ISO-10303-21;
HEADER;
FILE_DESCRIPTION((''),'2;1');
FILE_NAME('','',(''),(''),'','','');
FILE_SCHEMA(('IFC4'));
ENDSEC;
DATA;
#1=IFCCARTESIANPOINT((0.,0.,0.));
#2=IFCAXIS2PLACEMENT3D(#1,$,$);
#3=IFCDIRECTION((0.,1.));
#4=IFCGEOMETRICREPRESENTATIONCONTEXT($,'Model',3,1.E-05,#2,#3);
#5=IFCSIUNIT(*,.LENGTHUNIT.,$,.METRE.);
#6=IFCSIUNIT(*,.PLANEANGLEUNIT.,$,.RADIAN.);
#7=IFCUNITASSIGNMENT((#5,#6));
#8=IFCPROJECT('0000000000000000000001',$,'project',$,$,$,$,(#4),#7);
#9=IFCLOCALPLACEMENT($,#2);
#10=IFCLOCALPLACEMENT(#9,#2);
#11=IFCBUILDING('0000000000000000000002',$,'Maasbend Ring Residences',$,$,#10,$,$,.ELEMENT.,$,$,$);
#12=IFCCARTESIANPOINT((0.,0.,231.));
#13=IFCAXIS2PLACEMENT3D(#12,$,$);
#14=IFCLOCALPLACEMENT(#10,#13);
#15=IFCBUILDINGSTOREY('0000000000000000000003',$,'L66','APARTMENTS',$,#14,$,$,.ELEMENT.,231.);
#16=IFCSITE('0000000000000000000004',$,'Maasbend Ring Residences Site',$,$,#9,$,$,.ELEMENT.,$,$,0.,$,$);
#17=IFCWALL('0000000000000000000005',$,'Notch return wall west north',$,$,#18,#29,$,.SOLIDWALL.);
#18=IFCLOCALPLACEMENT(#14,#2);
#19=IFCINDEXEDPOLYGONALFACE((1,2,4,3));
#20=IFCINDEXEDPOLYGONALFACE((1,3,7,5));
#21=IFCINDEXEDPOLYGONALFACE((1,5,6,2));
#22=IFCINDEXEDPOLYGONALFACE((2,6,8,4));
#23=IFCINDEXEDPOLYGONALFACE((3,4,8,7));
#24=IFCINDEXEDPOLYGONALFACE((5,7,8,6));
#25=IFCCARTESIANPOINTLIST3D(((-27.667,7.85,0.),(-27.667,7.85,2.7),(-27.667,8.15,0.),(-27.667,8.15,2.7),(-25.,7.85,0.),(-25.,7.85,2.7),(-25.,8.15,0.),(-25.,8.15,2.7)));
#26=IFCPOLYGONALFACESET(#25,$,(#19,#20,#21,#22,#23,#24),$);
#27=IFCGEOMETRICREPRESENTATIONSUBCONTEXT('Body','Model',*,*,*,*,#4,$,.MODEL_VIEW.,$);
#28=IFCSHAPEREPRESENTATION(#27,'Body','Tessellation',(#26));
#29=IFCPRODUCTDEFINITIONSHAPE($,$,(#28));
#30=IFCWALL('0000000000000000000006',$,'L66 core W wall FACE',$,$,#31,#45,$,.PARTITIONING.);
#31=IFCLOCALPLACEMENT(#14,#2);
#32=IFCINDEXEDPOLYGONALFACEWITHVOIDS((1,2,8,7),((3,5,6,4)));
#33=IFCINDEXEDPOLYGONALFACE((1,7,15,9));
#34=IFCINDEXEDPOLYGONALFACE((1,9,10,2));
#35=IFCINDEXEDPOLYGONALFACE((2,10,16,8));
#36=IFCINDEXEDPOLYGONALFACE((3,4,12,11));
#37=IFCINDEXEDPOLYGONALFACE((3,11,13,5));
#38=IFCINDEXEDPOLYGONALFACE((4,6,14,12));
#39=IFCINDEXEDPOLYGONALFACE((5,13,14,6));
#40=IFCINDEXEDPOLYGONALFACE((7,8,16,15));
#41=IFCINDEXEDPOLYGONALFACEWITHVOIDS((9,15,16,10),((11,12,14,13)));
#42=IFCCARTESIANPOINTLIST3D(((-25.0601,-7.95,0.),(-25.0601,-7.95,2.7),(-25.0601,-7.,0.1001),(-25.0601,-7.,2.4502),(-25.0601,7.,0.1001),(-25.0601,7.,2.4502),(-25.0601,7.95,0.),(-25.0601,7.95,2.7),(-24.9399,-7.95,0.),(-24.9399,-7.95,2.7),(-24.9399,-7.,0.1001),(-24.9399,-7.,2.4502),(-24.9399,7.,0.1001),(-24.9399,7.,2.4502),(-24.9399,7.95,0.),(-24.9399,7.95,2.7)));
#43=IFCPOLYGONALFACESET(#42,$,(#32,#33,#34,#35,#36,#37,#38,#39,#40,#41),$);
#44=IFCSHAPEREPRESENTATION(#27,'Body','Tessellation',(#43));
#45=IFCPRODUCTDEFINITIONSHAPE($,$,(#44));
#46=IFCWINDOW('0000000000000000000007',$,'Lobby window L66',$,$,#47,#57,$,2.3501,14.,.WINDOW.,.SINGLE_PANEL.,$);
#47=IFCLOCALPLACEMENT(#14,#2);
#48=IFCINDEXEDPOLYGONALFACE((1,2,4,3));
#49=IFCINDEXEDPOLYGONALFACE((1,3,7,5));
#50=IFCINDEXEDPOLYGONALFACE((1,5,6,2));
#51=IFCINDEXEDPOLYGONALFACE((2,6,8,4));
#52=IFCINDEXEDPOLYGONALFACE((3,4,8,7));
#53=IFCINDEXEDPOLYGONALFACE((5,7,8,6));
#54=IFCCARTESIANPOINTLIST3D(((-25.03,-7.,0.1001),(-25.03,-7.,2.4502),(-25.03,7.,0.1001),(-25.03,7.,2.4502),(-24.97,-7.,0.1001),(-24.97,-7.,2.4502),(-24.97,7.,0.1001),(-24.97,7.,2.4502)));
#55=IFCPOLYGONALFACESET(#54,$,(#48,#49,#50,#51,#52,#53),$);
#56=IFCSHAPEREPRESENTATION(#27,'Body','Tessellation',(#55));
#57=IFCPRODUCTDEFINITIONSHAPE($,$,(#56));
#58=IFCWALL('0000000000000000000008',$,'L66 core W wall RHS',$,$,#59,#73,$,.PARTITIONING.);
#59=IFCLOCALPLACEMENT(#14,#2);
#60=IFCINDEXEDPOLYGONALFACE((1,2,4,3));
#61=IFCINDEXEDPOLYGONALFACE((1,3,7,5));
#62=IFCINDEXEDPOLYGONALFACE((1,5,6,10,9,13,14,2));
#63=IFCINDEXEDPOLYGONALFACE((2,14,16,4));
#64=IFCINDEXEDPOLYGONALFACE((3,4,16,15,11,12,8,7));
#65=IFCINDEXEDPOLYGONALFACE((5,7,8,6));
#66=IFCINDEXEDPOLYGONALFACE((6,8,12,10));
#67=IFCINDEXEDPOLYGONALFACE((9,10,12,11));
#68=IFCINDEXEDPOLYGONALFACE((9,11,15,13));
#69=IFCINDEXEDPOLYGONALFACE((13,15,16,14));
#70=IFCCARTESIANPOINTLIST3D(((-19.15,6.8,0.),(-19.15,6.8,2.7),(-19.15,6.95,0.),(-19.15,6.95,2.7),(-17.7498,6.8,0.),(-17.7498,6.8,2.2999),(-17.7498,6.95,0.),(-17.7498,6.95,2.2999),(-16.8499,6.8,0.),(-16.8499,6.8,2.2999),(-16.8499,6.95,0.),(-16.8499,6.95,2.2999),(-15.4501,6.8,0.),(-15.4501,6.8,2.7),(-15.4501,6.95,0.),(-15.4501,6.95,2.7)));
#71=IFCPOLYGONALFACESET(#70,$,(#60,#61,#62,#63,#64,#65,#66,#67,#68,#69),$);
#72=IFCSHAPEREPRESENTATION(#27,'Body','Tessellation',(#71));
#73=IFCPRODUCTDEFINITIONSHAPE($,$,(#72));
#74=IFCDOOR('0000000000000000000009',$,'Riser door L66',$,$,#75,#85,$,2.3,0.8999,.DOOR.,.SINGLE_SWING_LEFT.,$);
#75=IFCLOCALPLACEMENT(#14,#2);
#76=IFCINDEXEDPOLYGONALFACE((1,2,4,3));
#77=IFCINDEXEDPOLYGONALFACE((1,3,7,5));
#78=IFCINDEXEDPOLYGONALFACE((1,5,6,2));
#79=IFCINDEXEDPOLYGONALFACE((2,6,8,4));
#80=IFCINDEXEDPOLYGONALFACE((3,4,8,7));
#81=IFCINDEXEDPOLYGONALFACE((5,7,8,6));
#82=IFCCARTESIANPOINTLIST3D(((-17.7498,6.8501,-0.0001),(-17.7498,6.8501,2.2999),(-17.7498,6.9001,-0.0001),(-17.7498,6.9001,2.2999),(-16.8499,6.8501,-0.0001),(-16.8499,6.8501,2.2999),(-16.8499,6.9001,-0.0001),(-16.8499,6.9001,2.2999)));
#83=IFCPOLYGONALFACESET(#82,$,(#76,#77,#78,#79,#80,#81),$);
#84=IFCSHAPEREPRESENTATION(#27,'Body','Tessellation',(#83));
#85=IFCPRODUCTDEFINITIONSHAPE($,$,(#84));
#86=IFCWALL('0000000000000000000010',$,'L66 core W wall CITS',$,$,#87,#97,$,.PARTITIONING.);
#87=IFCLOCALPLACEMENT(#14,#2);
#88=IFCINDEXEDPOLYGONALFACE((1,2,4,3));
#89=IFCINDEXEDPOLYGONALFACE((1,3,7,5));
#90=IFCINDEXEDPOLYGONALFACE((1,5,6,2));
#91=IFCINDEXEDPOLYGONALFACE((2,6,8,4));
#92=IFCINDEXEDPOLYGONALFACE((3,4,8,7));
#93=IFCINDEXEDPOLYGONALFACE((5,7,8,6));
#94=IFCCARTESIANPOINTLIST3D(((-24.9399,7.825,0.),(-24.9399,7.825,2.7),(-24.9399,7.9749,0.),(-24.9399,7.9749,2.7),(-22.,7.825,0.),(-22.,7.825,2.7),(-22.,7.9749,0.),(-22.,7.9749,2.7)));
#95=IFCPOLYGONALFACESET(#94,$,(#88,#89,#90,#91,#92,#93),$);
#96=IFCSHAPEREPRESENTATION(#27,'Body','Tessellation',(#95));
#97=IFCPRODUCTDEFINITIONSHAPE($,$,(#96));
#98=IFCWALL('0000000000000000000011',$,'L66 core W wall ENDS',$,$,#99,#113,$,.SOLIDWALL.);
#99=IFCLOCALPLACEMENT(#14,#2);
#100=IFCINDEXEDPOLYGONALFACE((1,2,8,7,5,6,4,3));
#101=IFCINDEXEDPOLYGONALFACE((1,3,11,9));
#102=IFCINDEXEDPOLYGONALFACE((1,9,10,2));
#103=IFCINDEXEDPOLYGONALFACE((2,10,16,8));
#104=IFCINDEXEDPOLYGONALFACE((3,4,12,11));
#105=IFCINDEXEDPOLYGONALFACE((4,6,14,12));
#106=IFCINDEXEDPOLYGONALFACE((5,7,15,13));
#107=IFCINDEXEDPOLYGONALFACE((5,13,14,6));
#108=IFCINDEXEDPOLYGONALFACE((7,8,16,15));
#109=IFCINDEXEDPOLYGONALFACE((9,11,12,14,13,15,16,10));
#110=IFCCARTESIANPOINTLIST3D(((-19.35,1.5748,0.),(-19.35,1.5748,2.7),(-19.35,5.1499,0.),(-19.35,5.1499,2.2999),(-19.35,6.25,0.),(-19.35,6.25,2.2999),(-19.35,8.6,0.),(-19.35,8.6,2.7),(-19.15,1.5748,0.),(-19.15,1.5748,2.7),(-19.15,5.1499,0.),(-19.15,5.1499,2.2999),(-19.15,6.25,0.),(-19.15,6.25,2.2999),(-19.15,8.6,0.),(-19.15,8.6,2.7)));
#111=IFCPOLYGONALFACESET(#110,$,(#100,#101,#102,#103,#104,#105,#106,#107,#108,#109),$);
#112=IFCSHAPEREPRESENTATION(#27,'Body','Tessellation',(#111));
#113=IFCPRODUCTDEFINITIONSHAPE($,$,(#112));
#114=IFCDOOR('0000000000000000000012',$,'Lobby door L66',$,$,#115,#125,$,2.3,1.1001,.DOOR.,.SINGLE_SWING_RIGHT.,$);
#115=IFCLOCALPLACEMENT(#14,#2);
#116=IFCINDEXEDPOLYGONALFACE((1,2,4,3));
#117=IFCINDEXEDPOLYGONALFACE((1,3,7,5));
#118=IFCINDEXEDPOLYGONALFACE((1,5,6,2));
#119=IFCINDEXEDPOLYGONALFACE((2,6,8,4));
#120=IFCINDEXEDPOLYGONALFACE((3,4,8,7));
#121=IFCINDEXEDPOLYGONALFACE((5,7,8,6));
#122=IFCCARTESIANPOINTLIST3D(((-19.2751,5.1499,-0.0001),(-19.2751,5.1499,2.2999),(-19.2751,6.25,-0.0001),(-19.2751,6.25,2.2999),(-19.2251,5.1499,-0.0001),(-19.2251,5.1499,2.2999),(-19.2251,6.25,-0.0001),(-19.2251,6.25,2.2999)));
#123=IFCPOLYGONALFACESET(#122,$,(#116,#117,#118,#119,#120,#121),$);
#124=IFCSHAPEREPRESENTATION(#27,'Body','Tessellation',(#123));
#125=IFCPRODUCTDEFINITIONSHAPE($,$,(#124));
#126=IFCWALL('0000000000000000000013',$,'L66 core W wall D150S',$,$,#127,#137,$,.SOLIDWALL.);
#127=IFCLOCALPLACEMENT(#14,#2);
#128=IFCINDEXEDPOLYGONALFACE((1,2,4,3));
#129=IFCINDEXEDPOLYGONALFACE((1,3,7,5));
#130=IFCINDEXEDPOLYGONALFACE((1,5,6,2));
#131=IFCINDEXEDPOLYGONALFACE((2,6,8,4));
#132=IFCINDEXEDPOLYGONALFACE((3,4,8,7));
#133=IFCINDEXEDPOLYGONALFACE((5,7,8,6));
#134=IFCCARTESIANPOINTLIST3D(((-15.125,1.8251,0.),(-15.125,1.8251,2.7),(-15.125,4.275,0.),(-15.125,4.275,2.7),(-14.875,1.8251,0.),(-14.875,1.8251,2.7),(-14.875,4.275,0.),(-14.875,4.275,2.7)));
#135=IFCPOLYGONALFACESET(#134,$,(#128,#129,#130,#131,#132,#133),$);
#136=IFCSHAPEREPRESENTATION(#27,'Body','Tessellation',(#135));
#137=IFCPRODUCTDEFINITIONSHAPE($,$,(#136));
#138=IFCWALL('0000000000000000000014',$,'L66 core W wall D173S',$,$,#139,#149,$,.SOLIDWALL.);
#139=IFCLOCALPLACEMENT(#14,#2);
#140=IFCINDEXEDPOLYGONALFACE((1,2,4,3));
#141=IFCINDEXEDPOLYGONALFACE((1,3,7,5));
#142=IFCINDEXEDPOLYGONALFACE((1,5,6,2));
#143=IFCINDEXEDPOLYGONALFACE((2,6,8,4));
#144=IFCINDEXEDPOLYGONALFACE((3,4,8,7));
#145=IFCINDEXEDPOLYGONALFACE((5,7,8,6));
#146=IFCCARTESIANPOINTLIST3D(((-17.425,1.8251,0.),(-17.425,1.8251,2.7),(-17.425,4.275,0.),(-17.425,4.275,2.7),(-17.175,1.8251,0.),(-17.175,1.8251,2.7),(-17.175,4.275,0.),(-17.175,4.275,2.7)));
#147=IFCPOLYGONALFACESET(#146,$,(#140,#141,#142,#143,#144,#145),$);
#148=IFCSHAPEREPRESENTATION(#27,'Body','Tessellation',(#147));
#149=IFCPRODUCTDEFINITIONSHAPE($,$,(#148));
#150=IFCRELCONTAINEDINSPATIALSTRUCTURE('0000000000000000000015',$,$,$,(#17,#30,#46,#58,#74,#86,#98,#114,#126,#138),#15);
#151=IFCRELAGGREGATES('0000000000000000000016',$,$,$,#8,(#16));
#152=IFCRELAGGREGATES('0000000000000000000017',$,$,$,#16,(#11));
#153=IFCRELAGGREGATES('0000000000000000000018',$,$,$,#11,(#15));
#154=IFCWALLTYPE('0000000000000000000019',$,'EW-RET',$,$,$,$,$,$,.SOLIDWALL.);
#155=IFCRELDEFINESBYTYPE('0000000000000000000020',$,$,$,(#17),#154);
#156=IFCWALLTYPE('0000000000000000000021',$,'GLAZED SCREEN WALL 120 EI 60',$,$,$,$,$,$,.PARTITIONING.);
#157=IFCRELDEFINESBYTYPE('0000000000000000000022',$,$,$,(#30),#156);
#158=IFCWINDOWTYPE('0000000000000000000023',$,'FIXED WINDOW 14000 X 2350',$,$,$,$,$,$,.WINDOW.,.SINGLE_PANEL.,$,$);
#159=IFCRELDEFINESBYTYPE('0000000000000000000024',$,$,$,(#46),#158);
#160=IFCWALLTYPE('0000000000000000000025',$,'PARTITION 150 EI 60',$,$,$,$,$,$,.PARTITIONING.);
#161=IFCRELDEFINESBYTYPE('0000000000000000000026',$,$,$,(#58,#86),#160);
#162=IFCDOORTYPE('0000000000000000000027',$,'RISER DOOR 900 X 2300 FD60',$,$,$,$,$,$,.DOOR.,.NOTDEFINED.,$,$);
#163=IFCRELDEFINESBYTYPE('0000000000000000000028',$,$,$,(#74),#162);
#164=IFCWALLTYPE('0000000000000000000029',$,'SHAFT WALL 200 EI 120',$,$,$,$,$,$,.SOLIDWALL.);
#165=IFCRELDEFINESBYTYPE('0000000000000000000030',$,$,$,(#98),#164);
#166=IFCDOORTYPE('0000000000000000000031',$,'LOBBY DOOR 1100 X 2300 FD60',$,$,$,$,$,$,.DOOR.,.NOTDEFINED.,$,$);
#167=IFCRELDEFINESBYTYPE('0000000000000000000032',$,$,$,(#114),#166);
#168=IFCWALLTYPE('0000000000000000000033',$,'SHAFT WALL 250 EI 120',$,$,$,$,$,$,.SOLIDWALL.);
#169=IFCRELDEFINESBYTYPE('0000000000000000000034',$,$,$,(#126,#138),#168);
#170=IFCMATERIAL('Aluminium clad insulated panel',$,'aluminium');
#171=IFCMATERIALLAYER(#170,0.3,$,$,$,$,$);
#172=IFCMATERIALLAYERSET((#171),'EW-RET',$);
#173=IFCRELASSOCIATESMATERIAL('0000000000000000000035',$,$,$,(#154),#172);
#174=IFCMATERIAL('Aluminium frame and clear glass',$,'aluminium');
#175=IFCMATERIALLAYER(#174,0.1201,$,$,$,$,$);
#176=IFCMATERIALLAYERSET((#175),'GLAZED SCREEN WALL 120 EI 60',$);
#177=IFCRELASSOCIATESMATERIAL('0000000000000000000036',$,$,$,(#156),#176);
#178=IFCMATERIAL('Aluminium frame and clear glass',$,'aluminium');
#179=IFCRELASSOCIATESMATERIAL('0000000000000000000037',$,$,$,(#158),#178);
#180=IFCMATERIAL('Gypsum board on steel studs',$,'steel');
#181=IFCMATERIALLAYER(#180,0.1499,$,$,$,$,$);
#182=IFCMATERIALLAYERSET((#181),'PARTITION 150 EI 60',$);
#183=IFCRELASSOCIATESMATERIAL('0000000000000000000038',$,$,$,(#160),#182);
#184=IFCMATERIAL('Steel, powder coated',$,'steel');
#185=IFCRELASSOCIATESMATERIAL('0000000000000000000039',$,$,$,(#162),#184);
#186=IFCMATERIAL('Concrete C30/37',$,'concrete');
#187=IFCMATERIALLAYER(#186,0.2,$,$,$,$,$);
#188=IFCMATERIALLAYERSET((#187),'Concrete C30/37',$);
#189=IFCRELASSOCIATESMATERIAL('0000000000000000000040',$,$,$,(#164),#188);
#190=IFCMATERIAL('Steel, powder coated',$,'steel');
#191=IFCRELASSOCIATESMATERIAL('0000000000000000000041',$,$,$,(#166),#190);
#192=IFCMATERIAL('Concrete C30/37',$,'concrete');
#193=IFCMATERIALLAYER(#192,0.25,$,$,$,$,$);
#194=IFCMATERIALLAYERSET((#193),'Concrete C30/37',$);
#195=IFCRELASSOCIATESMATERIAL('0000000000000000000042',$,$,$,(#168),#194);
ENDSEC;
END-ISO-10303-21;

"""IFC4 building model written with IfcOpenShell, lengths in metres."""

from ifc_helpers import new_model, si_unit, direction, frame, frame_2d, origin, place, context, subcontext, project, spatial, rectangle, extrude, material, layer, layer_set, type_object, element, fill, save


model = new_model("IFC4")

# Units and contexts
model_context = context("Model", 3, precision=1e-05, world=origin(), true_north=direction((0.0, 1.0)))
body_context = subcontext(model_context, "Body", "Model", "MODEL_VIEW")
ifc_project = project(units=[si_unit("LENGTHUNIT", "METRE"), si_unit("PLANEANGLEUNIT", "RADIAN")], contexts=[model_context])

# Site, building, storey
site_placement = place(None, origin())
site = spatial("IfcSite", under=ifc_project, at=site_placement, Name="Maasbend Ring Residences Site", CompositionType="ELEMENT", RefElevation=0.0)
building_placement = place(site_placement, origin())
building = spatial("IfcBuilding", under=site, at=building_placement, Name="Maasbend Ring Residences", CompositionType="ELEMENT")
storey_placement = place(building_placement, frame((0.0, 0.0, 231.0)))
storey = spatial("IfcBuildingStorey", under=building, at=storey_placement, Name="L66", Description="APARTMENTS", CompositionType="ELEMENT", Elevation=231.0)

# Wall
ifc_material_1 = material(Name="Aluminium clad insulated panel", Category="aluminium")
ifc_layer_1 = layer(ifc_material_1, 0.3)
ifc_layer_set_1 = layer_set([ifc_layer_1], Name="EW-RET")
wall_type_1 = type_object("IfcWallType", Name="EW-RET", PredefinedType="SOLIDWALL", material=ifc_layer_set_1)
wall_1_placement = place(storey_placement, frame((-25.0, 8.0, 0.0), z_axis=(0.0, 0.0, 1.0), x_axis=(-1.0, 0.0, 0.0)))
element("IfcWall", 1, at=wall_1_placement, inside=storey, type_object=wall_type_1, Name="Notch return wall west north", PredefinedType="SOLIDWALL", context=body_context, shape_type="SweptSolid", body=[
    extrude(rectangle(XDim=2.667, YDim=0.3, at=frame_2d((1.3335, 0.0))), origin(), (0.0, 0.0, 1.0), 2.7),
])

# Wall, opening, window
ifc_material_2 = material(Name="Aluminium frame and clear glass", Category="aluminium")
ifc_layer_2 = layer(ifc_material_2, 0.1201)
ifc_layer_set_2 = layer_set([ifc_layer_2], Name="GLAZED SCREEN WALL 120 EI 60")
wall_type_2 = type_object("IfcWallType", Name="GLAZED SCREEN WALL 120 EI 60", PredefinedType="PARTITIONING", material=ifc_layer_set_2)
wall_2_placement = place(storey_placement, frame((-25.0, 7.95, 0.0), z_axis=(0.0, 0.0, 1.0), x_axis=(0.0, -1.0, 0.0)))
wall_2 = element("IfcWall", 2, at=wall_2_placement, inside=storey, type_object=wall_type_2, Name="L66 core W wall FACE", PredefinedType="PARTITIONING", context=body_context, shape_type="SweptSolid", body=[
    extrude(rectangle(XDim=15.8999, YDim=0.1201, at=frame_2d((7.95, 0.0))), origin(), (0.0, 0.0, 1.0), 2.7),
])
opening_1_placement = place(wall_2_placement, frame((0.95, 0.0, 0.1001)))
opening_1 = element("IfcOpeningElement", 3, at=opening_1_placement, cuts=wall_2, PredefinedType="OPENING", context=body_context, shape_type="SweptSolid", body=[
    extrude(rectangle(XDim=14.0, YDim=2.3501, at=frame_2d((7.0, 1.175))), frame((0.0, 0.0701, 0.0), z_axis=(0.0, -1.0, 0.0), x_axis=(1.0, 0.0, 0.0)), (0.0, 0.0, 1.0), 0.1401),
])
ifc_material_3 = material(Name="Aluminium frame and clear glass", Category="aluminium")
window_type_1 = type_object("IfcWindowType", Name="FIXED WINDOW 14000 X 2350", PartitioningType="SINGLE_PANEL", PredefinedType="WINDOW", material=ifc_material_3)
window_1_placement = place(opening_1_placement, origin())
window_1 = element("IfcWindow", 4, at=window_1_placement, inside=storey, type_object=window_type_1, Name="Lobby window L66", OverallHeight=2.3501, OverallWidth=14.0, PartitioningType="SINGLE_PANEL", PredefinedType="WINDOW", context=body_context, shape_type="SweptSolid", body=[
    extrude(rectangle(XDim=14.0, YDim=2.3501, at=frame_2d((7.0, 1.175))), frame((0.0, 0.03, 0.0), z_axis=(0.0, -1.0, 0.0), x_axis=(1.0, 0.0, 0.0)), (0.0, 0.0, 1.0), 0.0601),
])
fill(opening_1, window_1)

# Wall, opening, door
ifc_material_4 = material(Name="Gypsum board on steel studs", Category="steel")
ifc_layer_3 = layer(ifc_material_4, 0.1499)
ifc_layer_set_3 = layer_set([ifc_layer_3], Name="PARTITION 150 EI 60")
wall_type_3 = type_object("IfcWallType", Name="PARTITION 150 EI 60", PredefinedType="PARTITIONING", material=ifc_layer_set_3)
wall_3_placement = place(storey_placement, frame((-15.45, 6.875, 0.0), z_axis=(0.0, 0.0, 1.0), x_axis=(-1.0, 0.0, 0.0)))
wall_3 = element("IfcWall", 5, at=wall_3_placement, inside=storey, type_object=wall_type_3, Name="L66 core W wall RHS", PredefinedType="PARTITIONING", context=body_context, shape_type="SweptSolid", body=[
    extrude(rectangle(XDim=3.7, YDim=0.1499, at=frame_2d((1.8501, 0.0))), origin(), (0.0, 0.0, 1.0), 2.7),
])
opening_2_placement = place(wall_3_placement, frame((1.3999, 0.0, 0.0)))
opening_2 = element("IfcOpeningElement", 6, at=opening_2_placement, cuts=wall_3, PredefinedType="OPENING", context=body_context, shape_type="SweptSolid", body=[
    extrude(rectangle(XDim=0.8999, YDim=2.3, at=frame_2d((0.45, 1.1499))), frame((0.0, 0.085, 0.0), z_axis=(0.0, -1.0, 0.0), x_axis=(1.0, 0.0, 0.0)), (0.0, 0.0, 1.0), 0.1699),
])
ifc_material_5 = material(Name="Steel, powder coated", Category="steel")
door_type_1 = type_object("IfcDoorType", Name="RISER DOOR 900 X 2300 FD60", OperationType="NOTDEFINED", PredefinedType="DOOR", material=ifc_material_5)
door_1_placement = place(opening_2_placement, origin())
door_1 = element("IfcDoor", 7, at=door_1_placement, inside=storey, type_object=door_type_1, Name="Riser door L66", OperationType="SINGLE_SWING_LEFT", OverallHeight=2.3, OverallWidth=0.8999, PredefinedType="DOOR", context=body_context, shape_type="SweptSolid", body=[
    extrude(rectangle(XDim=0.8999, YDim=2.3, at=frame_2d((0.45, 1.1499))), frame((0.0, 0.0249, 0.0), z_axis=(0.0, -1.0, 0.0), x_axis=(1.0, 0.0, 0.0)), (0.0, 0.0, 1.0), 0.05),
])
fill(opening_2, door_1)

# Wall
wall_4_placement = place(storey_placement, frame((-22.0, 7.8999, 0.0), z_axis=(0.0, 0.0, 1.0), x_axis=(-1.0, 0.0, 0.0)))
element("IfcWall", 8, at=wall_4_placement, inside=storey, type_object=wall_type_3, Name="L66 core W wall CITS", PredefinedType="PARTITIONING", context=body_context, shape_type="SweptSolid", body=[
    extrude(rectangle(XDim=2.9399, YDim=0.1499, at=frame_2d((1.47, 0.0))), origin(), (0.0, 0.0, 1.0), 2.7),
])

# Wall, opening, door
ifc_material_6 = material(Name="Concrete C30/37", Category="concrete")
ifc_layer_4 = layer(ifc_material_6, 0.2)
ifc_layer_set_4 = layer_set([ifc_layer_4], Name="Concrete C30/37")
wall_type_4 = type_object("IfcWallType", Name="SHAFT WALL 200 EI 120", PredefinedType="SOLIDWALL", material=ifc_layer_set_4)
wall_5_placement = place(storey_placement, frame((-19.25, 8.6001, 0.0), z_axis=(0.0, 0.0, 1.0), x_axis=(0.0, -1.0, 0.0)))
wall_5 = element("IfcWall", 9, at=wall_5_placement, inside=storey, type_object=wall_type_4, Name="L66 core W wall ENDS", PredefinedType="SOLIDWALL", context=body_context, shape_type="SweptSolid", body=[
    extrude(rectangle(XDim=7.0251, YDim=0.2, at=frame_2d((3.5127, 0.0))), origin(), (0.0, 0.0, 1.0), 2.7),
])
opening_3_placement = place(wall_5_placement, frame((2.3501, 0.0, 0.0)))
opening_3 = element("IfcOpeningElement", 10, at=opening_3_placement, cuts=wall_5, PredefinedType="OPENING", context=body_context, shape_type="SweptSolid", body=[
    extrude(rectangle(XDim=1.1001, YDim=2.3, at=frame_2d((0.55, 1.1499))), frame((0.0, 0.1099, 0.0), z_axis=(0.0, -1.0, 0.0), x_axis=(1.0, 0.0, 0.0)), (0.0, 0.0, 1.0), 0.22),
])
ifc_material_7 = material(Name="Steel, powder coated", Category="steel")
door_type_2 = type_object("IfcDoorType", Name="LOBBY DOOR 1100 X 2300 FD60", OperationType="NOTDEFINED", PredefinedType="DOOR", material=ifc_material_7)
door_2_placement = place(opening_3_placement, origin())
door_2 = element("IfcDoor", 11, at=door_2_placement, inside=storey, type_object=door_type_2, Name="Lobby door L66", OperationType="SINGLE_SWING_RIGHT", OverallHeight=2.3, OverallWidth=1.1001, PredefinedType="DOOR", context=body_context, shape_type="SweptSolid", body=[
    extrude(rectangle(XDim=1.1001, YDim=2.3, at=frame_2d((0.55, 1.1499))), frame((0.0, 0.0249, 0.0), z_axis=(0.0, -1.0, 0.0), x_axis=(1.0, 0.0, 0.0)), (0.0, 0.0, 1.0), 0.05),
])
fill(opening_3, door_2)

# Walls
ifc_material_8 = material(Name="Concrete C30/37", Category="concrete")
ifc_layer_5 = layer(ifc_material_8, 0.25)
ifc_layer_set_5 = layer_set([ifc_layer_5], Name="Concrete C30/37")
wall_type_5 = type_object("IfcWallType", Name="SHAFT WALL 250 EI 120", PredefinedType="SOLIDWALL", material=ifc_layer_set_5)
for number, where, z_axis, x_axis, name in (
    (12, (-15.0, 1.825, 0.0), (0.0, 0.0, 1.0), (0.0, 1.0, 0.0), "L66 core W wall D150S"),
    (13, (-17.3, 1.825, 0.0), (0.0, 0.0, 1.0), (0.0, 1.0, 0.0), "L66 core W wall D173S"),
):
    element("IfcWall", number, at=place(storey_placement, frame(where, z_axis=z_axis, x_axis=x_axis)), inside=storey, type_object=wall_type_5, Name=name, PredefinedType="SOLIDWALL", context=body_context, shape_type="SweptSolid", body=[
        extrude(rectangle(XDim=2.45, YDim=0.25, at=frame_2d((1.2251, 0.0))), origin(), (0.0, 0.0, 1.0), 2.7),
    ])

save(model, "model.ifc")
